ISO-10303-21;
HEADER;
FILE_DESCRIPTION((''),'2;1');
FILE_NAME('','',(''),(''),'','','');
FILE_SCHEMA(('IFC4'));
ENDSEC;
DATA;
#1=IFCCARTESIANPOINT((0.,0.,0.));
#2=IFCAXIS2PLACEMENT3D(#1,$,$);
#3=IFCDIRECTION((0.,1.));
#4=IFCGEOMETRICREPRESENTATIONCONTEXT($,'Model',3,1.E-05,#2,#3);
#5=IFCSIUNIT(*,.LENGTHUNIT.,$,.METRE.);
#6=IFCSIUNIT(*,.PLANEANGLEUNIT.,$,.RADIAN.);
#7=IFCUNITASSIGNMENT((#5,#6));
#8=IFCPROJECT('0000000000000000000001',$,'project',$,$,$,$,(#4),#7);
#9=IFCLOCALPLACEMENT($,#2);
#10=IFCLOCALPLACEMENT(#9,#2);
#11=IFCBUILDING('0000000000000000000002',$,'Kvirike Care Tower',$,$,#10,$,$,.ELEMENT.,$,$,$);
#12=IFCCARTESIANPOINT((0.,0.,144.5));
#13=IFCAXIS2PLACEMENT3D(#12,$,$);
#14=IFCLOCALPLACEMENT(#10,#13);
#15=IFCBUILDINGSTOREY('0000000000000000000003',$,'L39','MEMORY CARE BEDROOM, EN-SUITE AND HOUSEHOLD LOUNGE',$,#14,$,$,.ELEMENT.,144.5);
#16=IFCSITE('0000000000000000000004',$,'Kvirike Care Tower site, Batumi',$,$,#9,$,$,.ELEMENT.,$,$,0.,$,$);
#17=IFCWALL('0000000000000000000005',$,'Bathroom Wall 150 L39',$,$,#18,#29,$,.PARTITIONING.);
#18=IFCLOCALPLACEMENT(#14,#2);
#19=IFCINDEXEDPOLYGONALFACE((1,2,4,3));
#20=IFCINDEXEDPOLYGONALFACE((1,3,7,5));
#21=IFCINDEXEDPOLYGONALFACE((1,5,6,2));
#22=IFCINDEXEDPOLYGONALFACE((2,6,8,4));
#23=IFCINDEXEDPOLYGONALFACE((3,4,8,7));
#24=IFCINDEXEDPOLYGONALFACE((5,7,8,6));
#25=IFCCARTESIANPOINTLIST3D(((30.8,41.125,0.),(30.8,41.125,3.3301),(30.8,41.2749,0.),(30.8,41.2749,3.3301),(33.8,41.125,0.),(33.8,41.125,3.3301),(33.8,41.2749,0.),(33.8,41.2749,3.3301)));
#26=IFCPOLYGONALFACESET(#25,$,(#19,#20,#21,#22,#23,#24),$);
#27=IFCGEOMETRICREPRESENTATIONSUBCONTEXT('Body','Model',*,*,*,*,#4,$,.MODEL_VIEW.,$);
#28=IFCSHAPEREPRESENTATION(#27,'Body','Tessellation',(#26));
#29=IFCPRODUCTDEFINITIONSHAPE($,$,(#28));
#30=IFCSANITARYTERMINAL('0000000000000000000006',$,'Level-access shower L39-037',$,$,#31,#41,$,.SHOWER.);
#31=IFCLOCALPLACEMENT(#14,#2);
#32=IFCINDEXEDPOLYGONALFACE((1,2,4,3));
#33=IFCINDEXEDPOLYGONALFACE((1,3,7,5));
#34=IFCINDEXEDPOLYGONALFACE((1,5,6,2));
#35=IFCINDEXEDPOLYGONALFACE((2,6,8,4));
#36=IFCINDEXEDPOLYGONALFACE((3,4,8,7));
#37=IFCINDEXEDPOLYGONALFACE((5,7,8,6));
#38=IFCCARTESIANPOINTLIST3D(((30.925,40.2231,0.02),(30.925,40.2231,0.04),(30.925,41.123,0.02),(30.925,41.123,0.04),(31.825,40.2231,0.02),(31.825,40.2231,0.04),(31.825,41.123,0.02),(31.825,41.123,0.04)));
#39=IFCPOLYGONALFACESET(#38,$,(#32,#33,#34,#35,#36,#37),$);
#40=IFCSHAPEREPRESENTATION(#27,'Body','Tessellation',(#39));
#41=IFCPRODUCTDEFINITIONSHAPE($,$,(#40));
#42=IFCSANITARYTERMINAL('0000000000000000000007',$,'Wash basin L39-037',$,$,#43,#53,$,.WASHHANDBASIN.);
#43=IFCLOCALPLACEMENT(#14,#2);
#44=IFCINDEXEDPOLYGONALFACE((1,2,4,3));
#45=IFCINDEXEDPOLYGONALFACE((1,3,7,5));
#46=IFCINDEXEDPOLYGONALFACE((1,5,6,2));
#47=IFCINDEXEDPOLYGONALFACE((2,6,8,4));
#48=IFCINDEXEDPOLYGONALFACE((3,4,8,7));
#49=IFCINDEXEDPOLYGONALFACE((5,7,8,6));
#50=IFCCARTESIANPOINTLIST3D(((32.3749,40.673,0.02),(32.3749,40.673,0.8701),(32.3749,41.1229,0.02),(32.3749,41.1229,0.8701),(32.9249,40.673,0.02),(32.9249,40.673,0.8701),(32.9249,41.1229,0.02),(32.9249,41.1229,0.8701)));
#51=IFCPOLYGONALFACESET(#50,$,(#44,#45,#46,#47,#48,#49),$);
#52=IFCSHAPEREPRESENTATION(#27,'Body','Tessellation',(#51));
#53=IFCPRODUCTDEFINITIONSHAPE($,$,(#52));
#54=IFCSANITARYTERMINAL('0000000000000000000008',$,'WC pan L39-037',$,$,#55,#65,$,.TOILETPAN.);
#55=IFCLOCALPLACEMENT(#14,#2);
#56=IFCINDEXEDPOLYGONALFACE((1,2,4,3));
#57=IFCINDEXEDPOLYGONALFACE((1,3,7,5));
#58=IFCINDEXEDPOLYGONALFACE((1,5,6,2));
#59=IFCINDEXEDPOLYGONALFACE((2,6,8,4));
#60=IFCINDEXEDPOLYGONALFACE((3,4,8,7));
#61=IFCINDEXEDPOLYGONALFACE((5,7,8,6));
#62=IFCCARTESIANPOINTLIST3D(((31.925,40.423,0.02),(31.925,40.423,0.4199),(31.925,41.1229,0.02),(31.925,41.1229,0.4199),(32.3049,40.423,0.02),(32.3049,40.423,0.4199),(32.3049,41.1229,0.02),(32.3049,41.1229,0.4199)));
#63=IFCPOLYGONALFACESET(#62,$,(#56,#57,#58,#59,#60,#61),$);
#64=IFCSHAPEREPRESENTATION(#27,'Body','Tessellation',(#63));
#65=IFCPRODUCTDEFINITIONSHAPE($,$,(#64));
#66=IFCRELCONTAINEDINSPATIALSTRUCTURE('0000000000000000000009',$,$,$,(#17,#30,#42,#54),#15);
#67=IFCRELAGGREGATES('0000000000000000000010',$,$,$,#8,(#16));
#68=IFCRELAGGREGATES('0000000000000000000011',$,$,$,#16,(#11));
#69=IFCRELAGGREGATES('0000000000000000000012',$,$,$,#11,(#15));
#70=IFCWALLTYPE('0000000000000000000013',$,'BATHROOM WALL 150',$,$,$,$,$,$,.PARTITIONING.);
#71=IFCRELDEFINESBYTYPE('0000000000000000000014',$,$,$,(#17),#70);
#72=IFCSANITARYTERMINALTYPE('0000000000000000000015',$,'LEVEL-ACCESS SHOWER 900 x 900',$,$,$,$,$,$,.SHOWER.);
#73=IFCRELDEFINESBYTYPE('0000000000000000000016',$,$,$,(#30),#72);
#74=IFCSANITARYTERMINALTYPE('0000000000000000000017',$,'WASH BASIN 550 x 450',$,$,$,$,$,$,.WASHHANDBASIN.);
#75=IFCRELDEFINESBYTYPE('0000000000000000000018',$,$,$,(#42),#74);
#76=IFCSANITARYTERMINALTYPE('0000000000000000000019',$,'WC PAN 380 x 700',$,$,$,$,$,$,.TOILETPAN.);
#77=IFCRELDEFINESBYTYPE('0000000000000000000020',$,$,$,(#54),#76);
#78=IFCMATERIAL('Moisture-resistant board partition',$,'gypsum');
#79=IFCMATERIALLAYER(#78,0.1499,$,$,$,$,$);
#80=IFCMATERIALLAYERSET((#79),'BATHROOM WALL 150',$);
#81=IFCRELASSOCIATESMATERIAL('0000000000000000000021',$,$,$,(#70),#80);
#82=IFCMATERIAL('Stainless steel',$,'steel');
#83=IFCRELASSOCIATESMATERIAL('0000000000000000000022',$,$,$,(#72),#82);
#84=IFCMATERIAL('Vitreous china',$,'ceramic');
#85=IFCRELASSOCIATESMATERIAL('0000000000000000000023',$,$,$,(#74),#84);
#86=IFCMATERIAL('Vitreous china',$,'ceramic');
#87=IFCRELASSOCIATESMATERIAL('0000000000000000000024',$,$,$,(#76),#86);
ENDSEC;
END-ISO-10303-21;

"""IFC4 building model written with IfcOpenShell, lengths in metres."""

from ifc_helpers import new_model, si_unit, direction, frame, frame_2d, origin, origin_2d, place, context, subcontext, project, spatial, rectangle, extrude, material, layer, layer_set, type_object, element, save


model = new_model("IFC4")

# Units and contexts
model_context = context("Model", 3, precision=1e-05, world=origin(), true_north=direction((0.0, 1.0)))
body_context = subcontext(model_context, "Body", "Model", "MODEL_VIEW")
ifc_project = project(units=[si_unit("LENGTHUNIT", "METRE"), si_unit("PLANEANGLEUNIT", "RADIAN")], contexts=[model_context])

# Site, building, storey
site_placement = place(None, origin())
site = spatial("IfcSite", under=ifc_project, at=site_placement, Name="Kvirike Care Tower site, Batumi", CompositionType="ELEMENT", RefElevation=0.0)
building_placement = place(site_placement, origin())
building = spatial("IfcBuilding", under=site, at=building_placement, Name="Kvirike Care Tower", CompositionType="ELEMENT")
storey_placement = place(building_placement, frame((0.0, 0.0, 144.5)))
storey = spatial("IfcBuildingStorey", under=building, at=storey_placement, Name="L39", Description="MEMORY CARE BEDROOM, EN-SUITE AND HOUSEHOLD LOUNGE", CompositionType="ELEMENT", Elevation=144.5)

# Wall
ifc_material_1 = material(Name="Moisture-resistant board partition", Category="gypsum")
ifc_layer_1 = layer(ifc_material_1, 0.1499)
ifc_layer_set_1 = layer_set([ifc_layer_1], Name="BATHROOM WALL 150")
wall_type = type_object("IfcWallType", Name="BATHROOM WALL 150", PredefinedType="PARTITIONING", material=ifc_layer_set_1)
wall_placement = place(storey_placement, frame((33.8, 41.2, 0.0), z_axis=(0.0, 0.0, 1.0), x_axis=(-1.0, 0.0, 0.0)))
element("IfcWall", 1, at=wall_placement, inside=storey, type_object=wall_type, Name="Bathroom Wall 150 L39", PredefinedType="PARTITIONING", context=body_context, shape_type="SweptSolid", body=[
    extrude(rectangle(XDim=3.0, YDim=0.1499, at=frame_2d((1.5, 0.0))), origin(), (0.0, 0.0, 1.0), 3.3301),
])

# Sanitary terminals
ifc_material_2 = material(Name="Stainless steel", Category="steel")
sanitary_terminal_type_1 = type_object("IfcSanitaryTerminalType", Name="LEVEL-ACCESS SHOWER 900 x 900", PredefinedType="SHOWER", material=ifc_material_2)
sanitary_terminal_1_placement = place(storey_placement, frame((31.375, 40.6731, 0.02), z_axis=(0.0, 0.0, 1.0), x_axis=(1.0, 0.0, 0.0)))
element("IfcSanitaryTerminal", 2, at=sanitary_terminal_1_placement, inside=storey, type_object=sanitary_terminal_type_1, Name="Level-access shower L39-037", PredefinedType="SHOWER", context=body_context, shape_type="SweptSolid", body=[
    extrude(rectangle(XDim=0.8999, YDim=0.8999, at=origin_2d()), origin(), (0.0, 0.0, 1.0), 0.02),
])
ifc_material_3 = material(Name="Vitreous china", Category="ceramic")
sanitary_terminal_type_2 = type_object("IfcSanitaryTerminalType", Name="WASH BASIN 550 x 450", PredefinedType="WASHHANDBASIN", material=ifc_material_3)
sanitary_terminal_2_placement = place(storey_placement, frame((32.6499, 40.8979, 0.02), z_axis=(0.0, 0.0, 1.0), x_axis=(1.0, 0.0, 0.0)))
element("IfcSanitaryTerminal", 3, at=sanitary_terminal_2_placement, inside=storey, type_object=sanitary_terminal_type_2, Name="Wash basin L39-037", PredefinedType="WASHHANDBASIN", context=body_context, shape_type="SweptSolid", body=[
    extrude(rectangle(XDim=0.55, YDim=0.45, at=origin_2d()), origin(), (0.0, 0.0, 1.0), 0.8501),
])
ifc_material_4 = material(Name="Vitreous china", Category="ceramic")
sanitary_terminal_type_3 = type_object("IfcSanitaryTerminalType", Name="WC PAN 380 x 700", PredefinedType="TOILETPAN", material=ifc_material_4)
sanitary_terminal_3_placement = place(storey_placement, frame((32.115, 40.7729, 0.02), z_axis=(0.0, 0.0, 1.0), x_axis=(1.0, 0.0, 0.0)))
element("IfcSanitaryTerminal", 4, at=sanitary_terminal_3_placement, inside=storey, type_object=sanitary_terminal_type_3, Name="WC pan L39-037", PredefinedType="TOILETPAN", context=body_context, shape_type="SweptSolid", body=[
    extrude(rectangle(XDim=0.3799, YDim=0.7, at=origin_2d()), origin(), (0.0, 0.0, 1.0), 0.3999),
])

save(model, "model.ifc")
